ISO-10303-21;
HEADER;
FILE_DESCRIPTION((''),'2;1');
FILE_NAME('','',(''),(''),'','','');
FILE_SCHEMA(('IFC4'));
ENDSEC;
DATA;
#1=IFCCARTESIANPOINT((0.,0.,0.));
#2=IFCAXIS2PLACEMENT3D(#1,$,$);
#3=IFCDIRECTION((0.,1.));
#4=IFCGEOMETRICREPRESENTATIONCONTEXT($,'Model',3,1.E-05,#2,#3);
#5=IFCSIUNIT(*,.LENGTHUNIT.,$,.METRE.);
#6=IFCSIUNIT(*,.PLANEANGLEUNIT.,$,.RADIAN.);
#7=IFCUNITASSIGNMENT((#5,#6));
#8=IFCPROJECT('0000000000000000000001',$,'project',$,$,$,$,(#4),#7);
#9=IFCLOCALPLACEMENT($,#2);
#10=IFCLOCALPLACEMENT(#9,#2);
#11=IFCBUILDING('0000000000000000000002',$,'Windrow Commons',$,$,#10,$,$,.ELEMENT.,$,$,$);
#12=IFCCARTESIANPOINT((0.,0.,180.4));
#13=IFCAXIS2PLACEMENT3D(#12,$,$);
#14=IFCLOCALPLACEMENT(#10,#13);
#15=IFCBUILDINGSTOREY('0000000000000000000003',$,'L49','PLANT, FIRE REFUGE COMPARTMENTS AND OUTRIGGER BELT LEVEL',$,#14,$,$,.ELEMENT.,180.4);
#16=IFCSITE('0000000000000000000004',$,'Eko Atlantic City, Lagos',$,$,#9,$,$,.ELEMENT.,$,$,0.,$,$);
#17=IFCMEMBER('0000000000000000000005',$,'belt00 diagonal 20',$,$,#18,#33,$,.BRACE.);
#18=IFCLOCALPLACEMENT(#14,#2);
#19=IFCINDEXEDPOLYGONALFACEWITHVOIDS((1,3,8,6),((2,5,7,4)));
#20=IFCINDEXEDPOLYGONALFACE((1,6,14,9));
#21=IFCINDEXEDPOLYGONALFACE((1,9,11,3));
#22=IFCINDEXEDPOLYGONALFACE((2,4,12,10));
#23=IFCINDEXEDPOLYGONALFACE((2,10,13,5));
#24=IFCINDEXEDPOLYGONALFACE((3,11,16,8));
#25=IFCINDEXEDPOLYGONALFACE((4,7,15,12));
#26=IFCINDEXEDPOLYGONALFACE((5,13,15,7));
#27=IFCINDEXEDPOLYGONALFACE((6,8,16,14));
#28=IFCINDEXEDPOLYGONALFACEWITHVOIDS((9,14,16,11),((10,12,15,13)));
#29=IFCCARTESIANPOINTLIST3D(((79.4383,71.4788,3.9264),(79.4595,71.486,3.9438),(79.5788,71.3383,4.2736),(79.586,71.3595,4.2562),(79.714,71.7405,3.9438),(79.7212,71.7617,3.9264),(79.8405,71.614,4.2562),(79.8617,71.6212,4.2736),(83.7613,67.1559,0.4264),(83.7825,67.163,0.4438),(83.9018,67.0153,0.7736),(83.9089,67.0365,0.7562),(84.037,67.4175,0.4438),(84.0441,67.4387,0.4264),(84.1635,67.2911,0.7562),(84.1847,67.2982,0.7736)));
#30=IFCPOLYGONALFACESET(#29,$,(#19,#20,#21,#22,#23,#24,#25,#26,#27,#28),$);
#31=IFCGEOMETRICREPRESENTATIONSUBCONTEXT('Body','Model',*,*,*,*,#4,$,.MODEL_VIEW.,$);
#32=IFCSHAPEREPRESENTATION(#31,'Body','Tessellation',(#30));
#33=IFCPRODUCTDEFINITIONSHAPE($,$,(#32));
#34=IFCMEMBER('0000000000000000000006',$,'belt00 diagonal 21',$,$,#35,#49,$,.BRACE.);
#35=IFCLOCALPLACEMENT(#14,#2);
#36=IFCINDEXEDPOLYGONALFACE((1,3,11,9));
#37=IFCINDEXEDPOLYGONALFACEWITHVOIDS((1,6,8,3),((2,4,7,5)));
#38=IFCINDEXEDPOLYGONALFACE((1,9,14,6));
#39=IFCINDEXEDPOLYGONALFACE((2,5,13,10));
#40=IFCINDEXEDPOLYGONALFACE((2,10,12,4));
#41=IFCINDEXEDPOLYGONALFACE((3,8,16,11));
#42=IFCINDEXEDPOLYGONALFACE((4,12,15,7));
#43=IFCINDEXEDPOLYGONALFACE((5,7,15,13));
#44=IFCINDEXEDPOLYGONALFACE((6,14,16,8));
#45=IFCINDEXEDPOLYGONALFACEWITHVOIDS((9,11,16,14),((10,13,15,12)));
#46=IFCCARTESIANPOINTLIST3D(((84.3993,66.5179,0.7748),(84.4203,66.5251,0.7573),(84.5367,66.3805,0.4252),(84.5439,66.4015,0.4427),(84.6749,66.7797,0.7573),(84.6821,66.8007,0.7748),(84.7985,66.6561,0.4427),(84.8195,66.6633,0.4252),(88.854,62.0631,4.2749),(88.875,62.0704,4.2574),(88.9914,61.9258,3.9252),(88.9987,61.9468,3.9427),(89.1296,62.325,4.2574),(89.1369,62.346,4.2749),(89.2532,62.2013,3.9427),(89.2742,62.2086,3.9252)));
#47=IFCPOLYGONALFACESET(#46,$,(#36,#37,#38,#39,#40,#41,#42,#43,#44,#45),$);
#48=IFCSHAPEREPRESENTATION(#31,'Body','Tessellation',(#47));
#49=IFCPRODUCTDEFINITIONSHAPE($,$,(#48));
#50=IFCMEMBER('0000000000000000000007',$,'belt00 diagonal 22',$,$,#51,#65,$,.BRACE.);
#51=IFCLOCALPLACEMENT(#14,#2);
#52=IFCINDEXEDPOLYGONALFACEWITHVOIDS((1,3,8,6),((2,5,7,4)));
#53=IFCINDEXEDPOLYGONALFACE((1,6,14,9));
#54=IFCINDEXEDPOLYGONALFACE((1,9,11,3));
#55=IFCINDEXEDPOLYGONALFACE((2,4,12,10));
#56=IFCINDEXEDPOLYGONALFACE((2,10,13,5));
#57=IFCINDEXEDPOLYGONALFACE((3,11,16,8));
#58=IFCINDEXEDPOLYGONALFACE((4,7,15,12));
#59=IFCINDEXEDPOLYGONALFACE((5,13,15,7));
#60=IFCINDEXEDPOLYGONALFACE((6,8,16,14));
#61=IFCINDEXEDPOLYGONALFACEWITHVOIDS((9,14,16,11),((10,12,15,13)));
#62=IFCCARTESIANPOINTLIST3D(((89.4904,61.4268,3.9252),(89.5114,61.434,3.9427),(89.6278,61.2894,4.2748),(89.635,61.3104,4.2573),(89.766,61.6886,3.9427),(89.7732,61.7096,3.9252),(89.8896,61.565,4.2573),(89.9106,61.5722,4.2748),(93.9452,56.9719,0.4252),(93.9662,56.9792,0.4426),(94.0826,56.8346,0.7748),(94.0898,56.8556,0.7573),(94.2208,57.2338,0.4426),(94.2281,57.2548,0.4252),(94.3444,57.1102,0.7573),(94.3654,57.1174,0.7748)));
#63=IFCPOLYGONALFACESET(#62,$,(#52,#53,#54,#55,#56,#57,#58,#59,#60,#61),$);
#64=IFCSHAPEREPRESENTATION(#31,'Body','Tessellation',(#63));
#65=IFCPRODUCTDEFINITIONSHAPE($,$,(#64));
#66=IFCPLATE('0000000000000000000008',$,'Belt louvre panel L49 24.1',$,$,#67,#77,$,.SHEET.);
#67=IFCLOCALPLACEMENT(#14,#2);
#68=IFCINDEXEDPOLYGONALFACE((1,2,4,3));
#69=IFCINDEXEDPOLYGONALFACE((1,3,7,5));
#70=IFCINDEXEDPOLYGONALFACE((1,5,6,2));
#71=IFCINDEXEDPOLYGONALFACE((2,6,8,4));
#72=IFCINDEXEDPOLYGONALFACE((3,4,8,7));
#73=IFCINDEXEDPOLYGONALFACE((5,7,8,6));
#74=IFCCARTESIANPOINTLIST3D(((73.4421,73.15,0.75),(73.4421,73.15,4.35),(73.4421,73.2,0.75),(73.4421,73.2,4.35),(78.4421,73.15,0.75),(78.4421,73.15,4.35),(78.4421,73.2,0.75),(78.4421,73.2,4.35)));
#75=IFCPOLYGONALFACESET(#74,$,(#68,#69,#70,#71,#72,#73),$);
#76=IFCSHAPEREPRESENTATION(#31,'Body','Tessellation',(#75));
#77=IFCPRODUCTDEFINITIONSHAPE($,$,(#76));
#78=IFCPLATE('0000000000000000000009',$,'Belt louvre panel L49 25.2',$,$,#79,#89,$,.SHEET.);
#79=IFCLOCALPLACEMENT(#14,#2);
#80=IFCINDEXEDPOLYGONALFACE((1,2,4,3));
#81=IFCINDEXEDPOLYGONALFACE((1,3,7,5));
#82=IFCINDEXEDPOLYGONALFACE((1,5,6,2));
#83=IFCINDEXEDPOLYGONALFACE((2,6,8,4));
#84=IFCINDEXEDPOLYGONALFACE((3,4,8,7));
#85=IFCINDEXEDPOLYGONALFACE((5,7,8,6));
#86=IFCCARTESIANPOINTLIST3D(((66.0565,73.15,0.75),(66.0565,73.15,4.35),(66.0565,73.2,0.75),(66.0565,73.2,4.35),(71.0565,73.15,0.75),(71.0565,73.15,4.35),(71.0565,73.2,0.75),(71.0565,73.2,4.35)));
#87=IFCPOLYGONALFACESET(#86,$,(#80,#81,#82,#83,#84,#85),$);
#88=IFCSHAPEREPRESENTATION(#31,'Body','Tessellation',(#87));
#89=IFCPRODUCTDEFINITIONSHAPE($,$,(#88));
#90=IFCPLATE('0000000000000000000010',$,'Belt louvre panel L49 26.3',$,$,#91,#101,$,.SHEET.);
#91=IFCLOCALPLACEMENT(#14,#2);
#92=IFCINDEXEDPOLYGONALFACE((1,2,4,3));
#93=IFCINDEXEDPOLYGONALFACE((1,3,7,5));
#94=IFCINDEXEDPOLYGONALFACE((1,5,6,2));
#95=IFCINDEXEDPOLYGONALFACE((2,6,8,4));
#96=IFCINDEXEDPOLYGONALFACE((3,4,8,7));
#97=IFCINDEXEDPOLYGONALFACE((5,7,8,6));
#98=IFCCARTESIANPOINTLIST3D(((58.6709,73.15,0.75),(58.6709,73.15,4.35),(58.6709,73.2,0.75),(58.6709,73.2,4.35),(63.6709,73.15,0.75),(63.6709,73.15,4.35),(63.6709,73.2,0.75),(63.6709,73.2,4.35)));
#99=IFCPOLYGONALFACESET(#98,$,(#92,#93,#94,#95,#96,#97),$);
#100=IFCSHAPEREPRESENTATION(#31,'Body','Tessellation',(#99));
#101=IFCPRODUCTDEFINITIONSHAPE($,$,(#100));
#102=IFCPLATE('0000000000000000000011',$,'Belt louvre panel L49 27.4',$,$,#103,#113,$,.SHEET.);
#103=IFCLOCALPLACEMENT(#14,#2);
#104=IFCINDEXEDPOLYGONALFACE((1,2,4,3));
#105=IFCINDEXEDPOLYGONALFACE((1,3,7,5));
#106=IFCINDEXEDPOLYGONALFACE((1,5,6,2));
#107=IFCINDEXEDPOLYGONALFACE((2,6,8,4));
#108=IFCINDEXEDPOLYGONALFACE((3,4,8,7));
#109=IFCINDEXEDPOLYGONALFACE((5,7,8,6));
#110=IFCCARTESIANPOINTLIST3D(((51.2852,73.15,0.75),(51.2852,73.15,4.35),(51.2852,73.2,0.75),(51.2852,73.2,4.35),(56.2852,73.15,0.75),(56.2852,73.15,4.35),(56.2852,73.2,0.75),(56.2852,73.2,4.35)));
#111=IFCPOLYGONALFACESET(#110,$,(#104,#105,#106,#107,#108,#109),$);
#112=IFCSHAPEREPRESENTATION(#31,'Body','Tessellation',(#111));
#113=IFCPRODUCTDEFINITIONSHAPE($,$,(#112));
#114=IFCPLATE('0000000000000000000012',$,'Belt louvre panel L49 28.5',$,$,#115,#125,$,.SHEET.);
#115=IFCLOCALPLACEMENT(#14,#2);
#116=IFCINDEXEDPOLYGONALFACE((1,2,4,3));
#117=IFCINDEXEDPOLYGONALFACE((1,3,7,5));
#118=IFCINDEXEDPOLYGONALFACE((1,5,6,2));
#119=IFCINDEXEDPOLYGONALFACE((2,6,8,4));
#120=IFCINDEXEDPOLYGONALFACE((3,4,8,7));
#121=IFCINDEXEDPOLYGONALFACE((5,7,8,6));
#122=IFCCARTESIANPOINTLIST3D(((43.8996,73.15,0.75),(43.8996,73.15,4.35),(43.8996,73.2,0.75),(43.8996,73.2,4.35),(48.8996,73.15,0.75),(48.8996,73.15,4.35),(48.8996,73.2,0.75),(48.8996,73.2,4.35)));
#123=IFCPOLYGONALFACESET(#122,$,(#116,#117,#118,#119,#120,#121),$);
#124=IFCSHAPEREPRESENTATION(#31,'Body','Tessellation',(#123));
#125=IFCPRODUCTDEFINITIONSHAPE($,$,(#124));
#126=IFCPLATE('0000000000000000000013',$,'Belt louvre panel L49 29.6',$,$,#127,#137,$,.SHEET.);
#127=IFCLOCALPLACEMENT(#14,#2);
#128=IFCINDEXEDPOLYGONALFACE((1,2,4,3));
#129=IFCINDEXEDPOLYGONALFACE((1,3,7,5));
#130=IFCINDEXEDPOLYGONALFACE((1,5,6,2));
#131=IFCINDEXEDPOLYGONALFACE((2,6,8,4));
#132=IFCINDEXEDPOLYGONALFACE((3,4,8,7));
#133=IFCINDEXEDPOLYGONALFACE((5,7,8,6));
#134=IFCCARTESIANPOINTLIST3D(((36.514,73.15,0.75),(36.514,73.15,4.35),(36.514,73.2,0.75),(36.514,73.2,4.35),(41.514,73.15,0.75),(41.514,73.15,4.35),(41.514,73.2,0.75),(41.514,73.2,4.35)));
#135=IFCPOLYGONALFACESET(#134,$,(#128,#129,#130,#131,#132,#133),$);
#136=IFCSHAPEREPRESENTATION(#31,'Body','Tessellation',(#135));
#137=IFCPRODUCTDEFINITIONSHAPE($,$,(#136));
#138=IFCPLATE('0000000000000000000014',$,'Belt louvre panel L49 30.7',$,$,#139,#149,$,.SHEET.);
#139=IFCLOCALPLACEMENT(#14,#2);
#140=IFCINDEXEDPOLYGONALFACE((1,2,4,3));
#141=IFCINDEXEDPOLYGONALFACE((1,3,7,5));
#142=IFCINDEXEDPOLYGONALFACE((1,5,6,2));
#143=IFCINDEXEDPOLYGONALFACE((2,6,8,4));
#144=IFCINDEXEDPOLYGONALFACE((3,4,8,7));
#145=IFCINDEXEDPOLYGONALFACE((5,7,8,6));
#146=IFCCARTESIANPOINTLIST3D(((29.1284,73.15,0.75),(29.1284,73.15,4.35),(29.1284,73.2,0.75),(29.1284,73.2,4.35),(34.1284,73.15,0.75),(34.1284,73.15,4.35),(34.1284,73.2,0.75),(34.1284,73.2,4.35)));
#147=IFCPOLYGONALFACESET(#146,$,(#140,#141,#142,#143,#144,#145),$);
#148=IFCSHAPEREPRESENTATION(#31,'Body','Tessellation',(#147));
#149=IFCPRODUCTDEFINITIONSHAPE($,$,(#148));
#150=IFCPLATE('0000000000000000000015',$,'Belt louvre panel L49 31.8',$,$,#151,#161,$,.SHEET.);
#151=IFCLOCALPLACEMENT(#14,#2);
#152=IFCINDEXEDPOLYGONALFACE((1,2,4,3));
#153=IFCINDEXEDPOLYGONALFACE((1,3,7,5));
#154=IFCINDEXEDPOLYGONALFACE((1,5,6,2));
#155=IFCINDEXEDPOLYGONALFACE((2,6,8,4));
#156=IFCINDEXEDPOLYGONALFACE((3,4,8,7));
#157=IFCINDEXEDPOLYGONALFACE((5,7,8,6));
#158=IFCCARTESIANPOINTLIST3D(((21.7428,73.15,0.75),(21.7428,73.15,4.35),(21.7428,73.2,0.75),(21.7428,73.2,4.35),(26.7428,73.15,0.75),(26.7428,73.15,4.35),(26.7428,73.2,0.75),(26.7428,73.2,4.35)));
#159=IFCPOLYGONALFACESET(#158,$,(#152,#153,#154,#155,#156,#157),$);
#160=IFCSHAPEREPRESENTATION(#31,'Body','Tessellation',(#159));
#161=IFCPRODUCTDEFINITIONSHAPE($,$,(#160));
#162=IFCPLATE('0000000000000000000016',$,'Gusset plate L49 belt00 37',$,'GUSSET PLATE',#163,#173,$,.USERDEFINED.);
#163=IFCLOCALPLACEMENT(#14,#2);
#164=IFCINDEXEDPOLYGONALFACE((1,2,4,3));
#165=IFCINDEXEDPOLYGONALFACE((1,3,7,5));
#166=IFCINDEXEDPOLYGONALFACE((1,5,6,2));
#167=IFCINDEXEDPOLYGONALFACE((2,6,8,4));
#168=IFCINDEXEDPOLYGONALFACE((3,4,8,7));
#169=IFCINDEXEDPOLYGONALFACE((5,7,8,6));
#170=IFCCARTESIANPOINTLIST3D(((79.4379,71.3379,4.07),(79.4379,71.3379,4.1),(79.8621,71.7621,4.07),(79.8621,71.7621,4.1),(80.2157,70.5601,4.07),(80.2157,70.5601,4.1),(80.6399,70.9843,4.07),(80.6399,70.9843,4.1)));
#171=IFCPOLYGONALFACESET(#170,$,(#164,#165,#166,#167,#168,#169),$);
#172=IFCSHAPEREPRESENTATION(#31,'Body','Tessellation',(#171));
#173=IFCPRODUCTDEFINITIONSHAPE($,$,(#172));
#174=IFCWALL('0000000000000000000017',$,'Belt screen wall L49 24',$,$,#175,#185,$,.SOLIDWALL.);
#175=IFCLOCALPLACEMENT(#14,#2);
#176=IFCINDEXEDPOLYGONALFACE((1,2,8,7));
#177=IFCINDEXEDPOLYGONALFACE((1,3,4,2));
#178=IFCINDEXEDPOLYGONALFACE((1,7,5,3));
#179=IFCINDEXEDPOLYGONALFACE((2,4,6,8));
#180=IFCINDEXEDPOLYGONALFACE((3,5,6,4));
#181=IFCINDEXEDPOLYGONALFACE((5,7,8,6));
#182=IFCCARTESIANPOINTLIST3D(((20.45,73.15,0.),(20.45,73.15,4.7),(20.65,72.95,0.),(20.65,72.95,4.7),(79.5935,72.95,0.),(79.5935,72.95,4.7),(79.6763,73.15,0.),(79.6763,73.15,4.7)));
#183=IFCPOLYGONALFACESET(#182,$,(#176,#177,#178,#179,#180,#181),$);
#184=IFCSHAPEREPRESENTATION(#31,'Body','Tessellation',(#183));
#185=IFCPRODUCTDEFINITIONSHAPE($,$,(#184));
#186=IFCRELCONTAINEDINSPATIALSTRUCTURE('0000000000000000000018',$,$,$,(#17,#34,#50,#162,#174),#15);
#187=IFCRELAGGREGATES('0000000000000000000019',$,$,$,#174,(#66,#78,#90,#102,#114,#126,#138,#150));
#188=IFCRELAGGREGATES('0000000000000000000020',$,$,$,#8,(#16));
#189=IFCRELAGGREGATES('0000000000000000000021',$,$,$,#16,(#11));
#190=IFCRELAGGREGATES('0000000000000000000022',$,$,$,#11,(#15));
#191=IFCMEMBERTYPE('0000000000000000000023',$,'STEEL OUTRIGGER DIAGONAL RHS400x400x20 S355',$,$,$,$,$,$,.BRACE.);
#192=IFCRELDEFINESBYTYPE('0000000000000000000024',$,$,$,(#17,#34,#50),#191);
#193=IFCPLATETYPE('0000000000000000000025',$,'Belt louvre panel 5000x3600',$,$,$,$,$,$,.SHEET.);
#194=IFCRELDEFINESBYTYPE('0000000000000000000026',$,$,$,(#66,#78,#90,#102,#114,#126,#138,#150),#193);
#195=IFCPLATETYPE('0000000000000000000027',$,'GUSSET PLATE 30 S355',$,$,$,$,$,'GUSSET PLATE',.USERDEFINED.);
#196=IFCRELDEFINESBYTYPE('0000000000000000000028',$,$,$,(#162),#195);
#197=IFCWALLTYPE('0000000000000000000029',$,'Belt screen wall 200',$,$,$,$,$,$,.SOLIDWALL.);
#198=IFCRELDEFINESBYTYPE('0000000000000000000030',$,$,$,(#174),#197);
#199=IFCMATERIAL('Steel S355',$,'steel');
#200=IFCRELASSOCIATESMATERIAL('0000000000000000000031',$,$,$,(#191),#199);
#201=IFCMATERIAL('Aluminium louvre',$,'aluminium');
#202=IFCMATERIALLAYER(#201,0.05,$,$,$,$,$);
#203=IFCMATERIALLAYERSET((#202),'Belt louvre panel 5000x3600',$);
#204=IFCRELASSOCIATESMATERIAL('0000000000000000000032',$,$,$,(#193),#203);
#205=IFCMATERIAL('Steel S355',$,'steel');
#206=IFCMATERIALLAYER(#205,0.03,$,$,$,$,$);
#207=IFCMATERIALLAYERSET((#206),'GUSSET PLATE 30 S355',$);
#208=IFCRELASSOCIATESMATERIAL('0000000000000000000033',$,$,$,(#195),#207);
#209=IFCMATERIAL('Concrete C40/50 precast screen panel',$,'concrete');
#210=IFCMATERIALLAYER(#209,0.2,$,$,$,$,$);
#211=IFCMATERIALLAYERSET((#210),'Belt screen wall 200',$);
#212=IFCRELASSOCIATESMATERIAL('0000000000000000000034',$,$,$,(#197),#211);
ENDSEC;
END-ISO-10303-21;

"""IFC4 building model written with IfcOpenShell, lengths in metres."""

from ifc_helpers import new_model, si_unit, direction, frame, origin, origin_2d, place, context, subcontext, project, spatial, polyline, rectangle, hollow_rectangle, outline, extrude, material, layer, layer_set, material_profile, profile_set, type_object, element, aggregate, save


model = new_model("IFC4")

# Units and contexts
model_context = context("Model", 3, precision=1e-05, world=origin(), true_north=direction((0.0, 1.0)))
body_context = subcontext(model_context, "Body", "Model", "MODEL_VIEW")
ifc_project = project(units=[si_unit("LENGTHUNIT", "METRE"), si_unit("PLANEANGLEUNIT", "RADIAN")], contexts=[model_context])

# Site, building, storey
site_placement = place(None, origin())
site = spatial("IfcSite", under=ifc_project, at=site_placement, Name="Eko Atlantic City, Lagos", CompositionType="ELEMENT", RefElevation=0.0)
building_placement = place(site_placement, origin())
building = spatial("IfcBuilding", under=site, at=building_placement, Name="Windrow Commons", CompositionType="ELEMENT")
storey_placement = place(building_placement, frame((0.0, 0.0, 180.4)))
storey = spatial("IfcBuildingStorey", under=building, at=storey_placement, Name="L49", Description="PLANT, FIRE REFUGE COMPARTMENTS AND OUTRIGGER BELT LEVEL", CompositionType="ELEMENT", Elevation=180.4)

# Members
ifc_material_1 = material(Name="Steel S355", Category="steel")
ifc_material_profile_1 = material_profile(ifc_material_1, hollow_rectangle(XDim=0.4, YDim=0.4, WallThickness=0.02, at=origin_2d()))
ifc_profile_set_1 = profile_set([ifc_material_profile_1], Name="Steel S355")
member_type_1 = type_object("IfcMemberType", Name="STEEL OUTRIGGER DIAGONAL RHS400x400x20 S355", PredefinedType="BRACE", material=ifc_profile_set_1)
member_1_placement = place(storey_placement, frame((79.65, 71.55, 4.1), z_axis=(0.61366, -0.61366, -0.496833), x_axis=(0.707107, 0.707107, 0.0)))
element("IfcMember", 1, at=member_1_placement, inside=storey, type_object=member_type_1, Name="belt00 diagonal 20", PredefinedType="BRACE", context=body_context, shape_type="SweptSolid", body=[
    extrude(hollow_rectangle(XDim=0.4, YDim=0.4, WallThickness=0.02, at=origin_2d()), origin(), (0.0, 0.0, 1.0), 7.0446),
])
member_2_placement = place(storey_placement, frame((84.6094, 66.5906, 0.6), z_axis=(0.61812, -0.61812, 0.485649), x_axis=(0.707107, 0.707107, 0.0)))
element("IfcMember", 2, at=member_2_placement, inside=storey, type_object=member_type_1, Name="belt00 diagonal 21", PredefinedType="BRACE", context=body_context, shape_type="SweptSolid", body=[
    extrude(hollow_rectangle(XDim=0.4, YDim=0.4, WallThickness=0.02, at=origin_2d()), origin(), (0.0, 0.0, 1.0), 7.2069),
])
member_3_placement = place(storey_placement, frame((89.7005, 61.4995, 4.1), z_axis=(0.618123, -0.618123, -0.485641), x_axis=(0.707107, 0.707107, 0.0)))
element("IfcMember", 3, at=member_3_placement, inside=storey, type_object=member_type_1, Name="belt00 diagonal 22", PredefinedType="BRACE", context=body_context, shape_type="SweptSolid", body=[
    extrude(hollow_rectangle(XDim=0.4, YDim=0.4, WallThickness=0.02, at=origin_2d()), origin(), (0.0, 0.0, 1.0), 7.207),
])

# Plates
ifc_material_2 = material(Name="Aluminium louvre", Category="aluminium")
ifc_layer_1 = layer(ifc_material_2, 0.05)
ifc_layer_set_1 = layer_set([ifc_layer_1], Name="Belt louvre panel 5000x3600")
plate_type_1 = type_object("IfcPlateType", Name="Belt louvre panel 5000x3600", PredefinedType="SHEET", material=ifc_layer_set_1)
plate_1_placement = place(storey_placement, frame((78.4421, 73.2, 0.75), z_axis=(0.0, 1.0, 0.0), x_axis=(-1.0, 0.0, 0.0)))
plate_1 = element("IfcPlate", 4, at=plate_1_placement, type_object=plate_type_1, Name="Belt louvre panel L49 24.1", PredefinedType="SHEET", context=body_context, shape_type="SweptSolid", body=[
    extrude(outline(polyline([(0.0, 0.0), (5.0, 0.0), (5.0, 3.6), (0.0, 3.6), (0.0, 0.0)])), origin(), (0.0, 0.0, -1.0), 0.05),
])
plate_2_placement = place(storey_placement, frame((71.0565, 73.2, 0.75), z_axis=(0.0, 1.0, 0.0), x_axis=(-1.0, 0.0, 0.0)))
plate_2 = element("IfcPlate", 5, at=plate_2_placement, type_object=plate_type_1, Name="Belt louvre panel L49 25.2", PredefinedType="SHEET", context=body_context, shape_type="SweptSolid", body=[
    extrude(outline(polyline([(0.0, 0.0), (5.0, 0.0), (5.0, 3.6), (0.0, 3.6), (0.0, 0.0)])), origin(), (0.0, 0.0, -1.0), 0.05),
])
plate_3_placement = place(storey_placement, frame((63.6709, 73.2, 0.75), z_axis=(0.0, 1.0, 0.0), x_axis=(-1.0, 0.0, 0.0)))
plate_3 = element("IfcPlate", 6, at=plate_3_placement, type_object=plate_type_1, Name="Belt louvre panel L49 26.3", PredefinedType="SHEET", context=body_context, shape_type="SweptSolid", body=[
    extrude(outline(polyline([(0.0, 0.0), (5.0, 0.0), (5.0, 3.6), (0.0, 3.6), (0.0, 0.0)])), origin(), (0.0, 0.0, -1.0), 0.05),
])
plate_4_placement = place(storey_placement, frame((56.2852, 73.2, 0.75), z_axis=(0.0, 1.0, 0.0), x_axis=(-1.0, 0.0, 0.0)))
plate_4 = element("IfcPlate", 7, at=plate_4_placement, type_object=plate_type_1, Name="Belt louvre panel L49 27.4", PredefinedType="SHEET", context=body_context, shape_type="SweptSolid", body=[
    extrude(outline(polyline([(0.0, 0.0), (5.0, 0.0), (5.0, 3.6), (0.0, 3.6), (0.0, 0.0)])), origin(), (0.0, 0.0, -1.0), 0.05),
])
plate_5_placement = place(storey_placement, frame((48.8996, 73.2, 0.75), z_axis=(0.0, 1.0, 0.0), x_axis=(-1.0, 0.0, 0.0)))
plate_5 = element("IfcPlate", 8, at=plate_5_placement, type_object=plate_type_1, Name="Belt louvre panel L49 28.5", PredefinedType="SHEET", context=body_context, shape_type="SweptSolid", body=[
    extrude(outline(polyline([(0.0, 0.0), (5.0, 0.0), (5.0, 3.6), (0.0, 3.6), (0.0, 0.0)])), origin(), (0.0, 0.0, -1.0), 0.05),
])
plate_6_placement = place(storey_placement, frame((41.514, 73.2, 0.75), z_axis=(0.0, 1.0, 0.0), x_axis=(-1.0, 0.0, 0.0)))
plate_6 = element("IfcPlate", 9, at=plate_6_placement, type_object=plate_type_1, Name="Belt louvre panel L49 29.6", PredefinedType="SHEET", context=body_context, shape_type="SweptSolid", body=[
    extrude(outline(polyline([(0.0, 0.0), (5.0, 0.0), (5.0, 3.6), (0.0, 3.6), (0.0, 0.0)])), origin(), (0.0, 0.0, -1.0), 0.05),
])
plate_7_placement = place(storey_placement, frame((34.1284, 73.2, 0.75), z_axis=(0.0, 1.0, 0.0), x_axis=(-1.0, 0.0, 0.0)))
plate_7 = element("IfcPlate", 10, at=plate_7_placement, type_object=plate_type_1, Name="Belt louvre panel L49 30.7", PredefinedType="SHEET", context=body_context, shape_type="SweptSolid", body=[
    extrude(outline(polyline([(0.0, 0.0), (5.0, 0.0), (5.0, 3.6), (0.0, 3.6), (0.0, 0.0)])), origin(), (0.0, 0.0, -1.0), 0.05),
])
plate_8_placement = place(storey_placement, frame((26.7428, 73.2, 0.75), z_axis=(0.0, 1.0, 0.0), x_axis=(-1.0, 0.0, 0.0)))
plate_8 = element("IfcPlate", 11, at=plate_8_placement, type_object=plate_type_1, Name="Belt louvre panel L49 31.8", PredefinedType="SHEET", context=body_context, shape_type="SweptSolid", body=[
    extrude(outline(polyline([(0.0, 0.0), (5.0, 0.0), (5.0, 3.6), (0.0, 3.6), (0.0, 0.0)])), origin(), (0.0, 0.0, -1.0), 0.05),
])

# Plate
ifc_material_3 = material(Name="Steel S355", Category="steel")
ifc_layer_2 = layer(ifc_material_3, 0.03)
ifc_layer_set_2 = layer_set([ifc_layer_2], Name="GUSSET PLATE 30 S355")
plate_type_2 = type_object("IfcPlateType", Name="GUSSET PLATE 30 S355", ElementType="GUSSET PLATE", PredefinedType="USERDEFINED", material=ifc_layer_set_2)
for number, where, z_axis, x_axis, name in (
    (12, (80.0389, 71.1611, 4.07), (0.0, 0.0, 1.0), (0.707107, -0.707107, 0.0), "Gusset plate L49 belt00 37"),
):
    element("IfcPlate", number, at=place(storey_placement, frame(where, z_axis=z_axis, x_axis=x_axis)), inside=storey, type_object=plate_type_2, Name=name, ObjectType="GUSSET PLATE", PredefinedType="USERDEFINED", context=body_context, shape_type="SweptSolid", body=[
        extrude(rectangle(XDim=1.1, YDim=0.6, at=origin_2d()), origin(), (0.0, 0.0, 1.0), 0.03),
    ])

# Wall
ifc_material_4 = material(Name="Concrete C40/50 precast screen panel", Category="concrete")
ifc_layer_3 = layer(ifc_material_4, 0.2)
ifc_layer_set_3 = layer_set([ifc_layer_3], Name="Belt screen wall 200")
wall_type_1 = type_object("IfcWallType", Name="Belt screen wall 200", PredefinedType="SOLIDWALL", material=ifc_layer_set_3)
wall_1_placement = place(storey_placement, frame((79.6349, 73.05, 0.0), z_axis=(0.0, 0.0, 1.0), x_axis=(-1.0, 0.0, 0.0)))
wall_1 = element("IfcWall", 13, at=wall_1_placement, inside=storey, type_object=wall_type_1, Name="Belt screen wall L49 24", PredefinedType="SOLIDWALL", context=body_context, shape_type="SweptSolid", body=[
    extrude(outline(polyline([(-0.0414, -0.1), (59.1849, -0.1), (58.9849, 0.1), (0.0414, 0.1), (-0.0414, -0.1)])), origin(), (0.0, 0.0, 1.0), 4.7),
])
aggregate(wall_1, [plate_1, plate_2, plate_3, plate_4, plate_5, plate_6, plate_7, plate_8])

save(model, "model.ifc")
